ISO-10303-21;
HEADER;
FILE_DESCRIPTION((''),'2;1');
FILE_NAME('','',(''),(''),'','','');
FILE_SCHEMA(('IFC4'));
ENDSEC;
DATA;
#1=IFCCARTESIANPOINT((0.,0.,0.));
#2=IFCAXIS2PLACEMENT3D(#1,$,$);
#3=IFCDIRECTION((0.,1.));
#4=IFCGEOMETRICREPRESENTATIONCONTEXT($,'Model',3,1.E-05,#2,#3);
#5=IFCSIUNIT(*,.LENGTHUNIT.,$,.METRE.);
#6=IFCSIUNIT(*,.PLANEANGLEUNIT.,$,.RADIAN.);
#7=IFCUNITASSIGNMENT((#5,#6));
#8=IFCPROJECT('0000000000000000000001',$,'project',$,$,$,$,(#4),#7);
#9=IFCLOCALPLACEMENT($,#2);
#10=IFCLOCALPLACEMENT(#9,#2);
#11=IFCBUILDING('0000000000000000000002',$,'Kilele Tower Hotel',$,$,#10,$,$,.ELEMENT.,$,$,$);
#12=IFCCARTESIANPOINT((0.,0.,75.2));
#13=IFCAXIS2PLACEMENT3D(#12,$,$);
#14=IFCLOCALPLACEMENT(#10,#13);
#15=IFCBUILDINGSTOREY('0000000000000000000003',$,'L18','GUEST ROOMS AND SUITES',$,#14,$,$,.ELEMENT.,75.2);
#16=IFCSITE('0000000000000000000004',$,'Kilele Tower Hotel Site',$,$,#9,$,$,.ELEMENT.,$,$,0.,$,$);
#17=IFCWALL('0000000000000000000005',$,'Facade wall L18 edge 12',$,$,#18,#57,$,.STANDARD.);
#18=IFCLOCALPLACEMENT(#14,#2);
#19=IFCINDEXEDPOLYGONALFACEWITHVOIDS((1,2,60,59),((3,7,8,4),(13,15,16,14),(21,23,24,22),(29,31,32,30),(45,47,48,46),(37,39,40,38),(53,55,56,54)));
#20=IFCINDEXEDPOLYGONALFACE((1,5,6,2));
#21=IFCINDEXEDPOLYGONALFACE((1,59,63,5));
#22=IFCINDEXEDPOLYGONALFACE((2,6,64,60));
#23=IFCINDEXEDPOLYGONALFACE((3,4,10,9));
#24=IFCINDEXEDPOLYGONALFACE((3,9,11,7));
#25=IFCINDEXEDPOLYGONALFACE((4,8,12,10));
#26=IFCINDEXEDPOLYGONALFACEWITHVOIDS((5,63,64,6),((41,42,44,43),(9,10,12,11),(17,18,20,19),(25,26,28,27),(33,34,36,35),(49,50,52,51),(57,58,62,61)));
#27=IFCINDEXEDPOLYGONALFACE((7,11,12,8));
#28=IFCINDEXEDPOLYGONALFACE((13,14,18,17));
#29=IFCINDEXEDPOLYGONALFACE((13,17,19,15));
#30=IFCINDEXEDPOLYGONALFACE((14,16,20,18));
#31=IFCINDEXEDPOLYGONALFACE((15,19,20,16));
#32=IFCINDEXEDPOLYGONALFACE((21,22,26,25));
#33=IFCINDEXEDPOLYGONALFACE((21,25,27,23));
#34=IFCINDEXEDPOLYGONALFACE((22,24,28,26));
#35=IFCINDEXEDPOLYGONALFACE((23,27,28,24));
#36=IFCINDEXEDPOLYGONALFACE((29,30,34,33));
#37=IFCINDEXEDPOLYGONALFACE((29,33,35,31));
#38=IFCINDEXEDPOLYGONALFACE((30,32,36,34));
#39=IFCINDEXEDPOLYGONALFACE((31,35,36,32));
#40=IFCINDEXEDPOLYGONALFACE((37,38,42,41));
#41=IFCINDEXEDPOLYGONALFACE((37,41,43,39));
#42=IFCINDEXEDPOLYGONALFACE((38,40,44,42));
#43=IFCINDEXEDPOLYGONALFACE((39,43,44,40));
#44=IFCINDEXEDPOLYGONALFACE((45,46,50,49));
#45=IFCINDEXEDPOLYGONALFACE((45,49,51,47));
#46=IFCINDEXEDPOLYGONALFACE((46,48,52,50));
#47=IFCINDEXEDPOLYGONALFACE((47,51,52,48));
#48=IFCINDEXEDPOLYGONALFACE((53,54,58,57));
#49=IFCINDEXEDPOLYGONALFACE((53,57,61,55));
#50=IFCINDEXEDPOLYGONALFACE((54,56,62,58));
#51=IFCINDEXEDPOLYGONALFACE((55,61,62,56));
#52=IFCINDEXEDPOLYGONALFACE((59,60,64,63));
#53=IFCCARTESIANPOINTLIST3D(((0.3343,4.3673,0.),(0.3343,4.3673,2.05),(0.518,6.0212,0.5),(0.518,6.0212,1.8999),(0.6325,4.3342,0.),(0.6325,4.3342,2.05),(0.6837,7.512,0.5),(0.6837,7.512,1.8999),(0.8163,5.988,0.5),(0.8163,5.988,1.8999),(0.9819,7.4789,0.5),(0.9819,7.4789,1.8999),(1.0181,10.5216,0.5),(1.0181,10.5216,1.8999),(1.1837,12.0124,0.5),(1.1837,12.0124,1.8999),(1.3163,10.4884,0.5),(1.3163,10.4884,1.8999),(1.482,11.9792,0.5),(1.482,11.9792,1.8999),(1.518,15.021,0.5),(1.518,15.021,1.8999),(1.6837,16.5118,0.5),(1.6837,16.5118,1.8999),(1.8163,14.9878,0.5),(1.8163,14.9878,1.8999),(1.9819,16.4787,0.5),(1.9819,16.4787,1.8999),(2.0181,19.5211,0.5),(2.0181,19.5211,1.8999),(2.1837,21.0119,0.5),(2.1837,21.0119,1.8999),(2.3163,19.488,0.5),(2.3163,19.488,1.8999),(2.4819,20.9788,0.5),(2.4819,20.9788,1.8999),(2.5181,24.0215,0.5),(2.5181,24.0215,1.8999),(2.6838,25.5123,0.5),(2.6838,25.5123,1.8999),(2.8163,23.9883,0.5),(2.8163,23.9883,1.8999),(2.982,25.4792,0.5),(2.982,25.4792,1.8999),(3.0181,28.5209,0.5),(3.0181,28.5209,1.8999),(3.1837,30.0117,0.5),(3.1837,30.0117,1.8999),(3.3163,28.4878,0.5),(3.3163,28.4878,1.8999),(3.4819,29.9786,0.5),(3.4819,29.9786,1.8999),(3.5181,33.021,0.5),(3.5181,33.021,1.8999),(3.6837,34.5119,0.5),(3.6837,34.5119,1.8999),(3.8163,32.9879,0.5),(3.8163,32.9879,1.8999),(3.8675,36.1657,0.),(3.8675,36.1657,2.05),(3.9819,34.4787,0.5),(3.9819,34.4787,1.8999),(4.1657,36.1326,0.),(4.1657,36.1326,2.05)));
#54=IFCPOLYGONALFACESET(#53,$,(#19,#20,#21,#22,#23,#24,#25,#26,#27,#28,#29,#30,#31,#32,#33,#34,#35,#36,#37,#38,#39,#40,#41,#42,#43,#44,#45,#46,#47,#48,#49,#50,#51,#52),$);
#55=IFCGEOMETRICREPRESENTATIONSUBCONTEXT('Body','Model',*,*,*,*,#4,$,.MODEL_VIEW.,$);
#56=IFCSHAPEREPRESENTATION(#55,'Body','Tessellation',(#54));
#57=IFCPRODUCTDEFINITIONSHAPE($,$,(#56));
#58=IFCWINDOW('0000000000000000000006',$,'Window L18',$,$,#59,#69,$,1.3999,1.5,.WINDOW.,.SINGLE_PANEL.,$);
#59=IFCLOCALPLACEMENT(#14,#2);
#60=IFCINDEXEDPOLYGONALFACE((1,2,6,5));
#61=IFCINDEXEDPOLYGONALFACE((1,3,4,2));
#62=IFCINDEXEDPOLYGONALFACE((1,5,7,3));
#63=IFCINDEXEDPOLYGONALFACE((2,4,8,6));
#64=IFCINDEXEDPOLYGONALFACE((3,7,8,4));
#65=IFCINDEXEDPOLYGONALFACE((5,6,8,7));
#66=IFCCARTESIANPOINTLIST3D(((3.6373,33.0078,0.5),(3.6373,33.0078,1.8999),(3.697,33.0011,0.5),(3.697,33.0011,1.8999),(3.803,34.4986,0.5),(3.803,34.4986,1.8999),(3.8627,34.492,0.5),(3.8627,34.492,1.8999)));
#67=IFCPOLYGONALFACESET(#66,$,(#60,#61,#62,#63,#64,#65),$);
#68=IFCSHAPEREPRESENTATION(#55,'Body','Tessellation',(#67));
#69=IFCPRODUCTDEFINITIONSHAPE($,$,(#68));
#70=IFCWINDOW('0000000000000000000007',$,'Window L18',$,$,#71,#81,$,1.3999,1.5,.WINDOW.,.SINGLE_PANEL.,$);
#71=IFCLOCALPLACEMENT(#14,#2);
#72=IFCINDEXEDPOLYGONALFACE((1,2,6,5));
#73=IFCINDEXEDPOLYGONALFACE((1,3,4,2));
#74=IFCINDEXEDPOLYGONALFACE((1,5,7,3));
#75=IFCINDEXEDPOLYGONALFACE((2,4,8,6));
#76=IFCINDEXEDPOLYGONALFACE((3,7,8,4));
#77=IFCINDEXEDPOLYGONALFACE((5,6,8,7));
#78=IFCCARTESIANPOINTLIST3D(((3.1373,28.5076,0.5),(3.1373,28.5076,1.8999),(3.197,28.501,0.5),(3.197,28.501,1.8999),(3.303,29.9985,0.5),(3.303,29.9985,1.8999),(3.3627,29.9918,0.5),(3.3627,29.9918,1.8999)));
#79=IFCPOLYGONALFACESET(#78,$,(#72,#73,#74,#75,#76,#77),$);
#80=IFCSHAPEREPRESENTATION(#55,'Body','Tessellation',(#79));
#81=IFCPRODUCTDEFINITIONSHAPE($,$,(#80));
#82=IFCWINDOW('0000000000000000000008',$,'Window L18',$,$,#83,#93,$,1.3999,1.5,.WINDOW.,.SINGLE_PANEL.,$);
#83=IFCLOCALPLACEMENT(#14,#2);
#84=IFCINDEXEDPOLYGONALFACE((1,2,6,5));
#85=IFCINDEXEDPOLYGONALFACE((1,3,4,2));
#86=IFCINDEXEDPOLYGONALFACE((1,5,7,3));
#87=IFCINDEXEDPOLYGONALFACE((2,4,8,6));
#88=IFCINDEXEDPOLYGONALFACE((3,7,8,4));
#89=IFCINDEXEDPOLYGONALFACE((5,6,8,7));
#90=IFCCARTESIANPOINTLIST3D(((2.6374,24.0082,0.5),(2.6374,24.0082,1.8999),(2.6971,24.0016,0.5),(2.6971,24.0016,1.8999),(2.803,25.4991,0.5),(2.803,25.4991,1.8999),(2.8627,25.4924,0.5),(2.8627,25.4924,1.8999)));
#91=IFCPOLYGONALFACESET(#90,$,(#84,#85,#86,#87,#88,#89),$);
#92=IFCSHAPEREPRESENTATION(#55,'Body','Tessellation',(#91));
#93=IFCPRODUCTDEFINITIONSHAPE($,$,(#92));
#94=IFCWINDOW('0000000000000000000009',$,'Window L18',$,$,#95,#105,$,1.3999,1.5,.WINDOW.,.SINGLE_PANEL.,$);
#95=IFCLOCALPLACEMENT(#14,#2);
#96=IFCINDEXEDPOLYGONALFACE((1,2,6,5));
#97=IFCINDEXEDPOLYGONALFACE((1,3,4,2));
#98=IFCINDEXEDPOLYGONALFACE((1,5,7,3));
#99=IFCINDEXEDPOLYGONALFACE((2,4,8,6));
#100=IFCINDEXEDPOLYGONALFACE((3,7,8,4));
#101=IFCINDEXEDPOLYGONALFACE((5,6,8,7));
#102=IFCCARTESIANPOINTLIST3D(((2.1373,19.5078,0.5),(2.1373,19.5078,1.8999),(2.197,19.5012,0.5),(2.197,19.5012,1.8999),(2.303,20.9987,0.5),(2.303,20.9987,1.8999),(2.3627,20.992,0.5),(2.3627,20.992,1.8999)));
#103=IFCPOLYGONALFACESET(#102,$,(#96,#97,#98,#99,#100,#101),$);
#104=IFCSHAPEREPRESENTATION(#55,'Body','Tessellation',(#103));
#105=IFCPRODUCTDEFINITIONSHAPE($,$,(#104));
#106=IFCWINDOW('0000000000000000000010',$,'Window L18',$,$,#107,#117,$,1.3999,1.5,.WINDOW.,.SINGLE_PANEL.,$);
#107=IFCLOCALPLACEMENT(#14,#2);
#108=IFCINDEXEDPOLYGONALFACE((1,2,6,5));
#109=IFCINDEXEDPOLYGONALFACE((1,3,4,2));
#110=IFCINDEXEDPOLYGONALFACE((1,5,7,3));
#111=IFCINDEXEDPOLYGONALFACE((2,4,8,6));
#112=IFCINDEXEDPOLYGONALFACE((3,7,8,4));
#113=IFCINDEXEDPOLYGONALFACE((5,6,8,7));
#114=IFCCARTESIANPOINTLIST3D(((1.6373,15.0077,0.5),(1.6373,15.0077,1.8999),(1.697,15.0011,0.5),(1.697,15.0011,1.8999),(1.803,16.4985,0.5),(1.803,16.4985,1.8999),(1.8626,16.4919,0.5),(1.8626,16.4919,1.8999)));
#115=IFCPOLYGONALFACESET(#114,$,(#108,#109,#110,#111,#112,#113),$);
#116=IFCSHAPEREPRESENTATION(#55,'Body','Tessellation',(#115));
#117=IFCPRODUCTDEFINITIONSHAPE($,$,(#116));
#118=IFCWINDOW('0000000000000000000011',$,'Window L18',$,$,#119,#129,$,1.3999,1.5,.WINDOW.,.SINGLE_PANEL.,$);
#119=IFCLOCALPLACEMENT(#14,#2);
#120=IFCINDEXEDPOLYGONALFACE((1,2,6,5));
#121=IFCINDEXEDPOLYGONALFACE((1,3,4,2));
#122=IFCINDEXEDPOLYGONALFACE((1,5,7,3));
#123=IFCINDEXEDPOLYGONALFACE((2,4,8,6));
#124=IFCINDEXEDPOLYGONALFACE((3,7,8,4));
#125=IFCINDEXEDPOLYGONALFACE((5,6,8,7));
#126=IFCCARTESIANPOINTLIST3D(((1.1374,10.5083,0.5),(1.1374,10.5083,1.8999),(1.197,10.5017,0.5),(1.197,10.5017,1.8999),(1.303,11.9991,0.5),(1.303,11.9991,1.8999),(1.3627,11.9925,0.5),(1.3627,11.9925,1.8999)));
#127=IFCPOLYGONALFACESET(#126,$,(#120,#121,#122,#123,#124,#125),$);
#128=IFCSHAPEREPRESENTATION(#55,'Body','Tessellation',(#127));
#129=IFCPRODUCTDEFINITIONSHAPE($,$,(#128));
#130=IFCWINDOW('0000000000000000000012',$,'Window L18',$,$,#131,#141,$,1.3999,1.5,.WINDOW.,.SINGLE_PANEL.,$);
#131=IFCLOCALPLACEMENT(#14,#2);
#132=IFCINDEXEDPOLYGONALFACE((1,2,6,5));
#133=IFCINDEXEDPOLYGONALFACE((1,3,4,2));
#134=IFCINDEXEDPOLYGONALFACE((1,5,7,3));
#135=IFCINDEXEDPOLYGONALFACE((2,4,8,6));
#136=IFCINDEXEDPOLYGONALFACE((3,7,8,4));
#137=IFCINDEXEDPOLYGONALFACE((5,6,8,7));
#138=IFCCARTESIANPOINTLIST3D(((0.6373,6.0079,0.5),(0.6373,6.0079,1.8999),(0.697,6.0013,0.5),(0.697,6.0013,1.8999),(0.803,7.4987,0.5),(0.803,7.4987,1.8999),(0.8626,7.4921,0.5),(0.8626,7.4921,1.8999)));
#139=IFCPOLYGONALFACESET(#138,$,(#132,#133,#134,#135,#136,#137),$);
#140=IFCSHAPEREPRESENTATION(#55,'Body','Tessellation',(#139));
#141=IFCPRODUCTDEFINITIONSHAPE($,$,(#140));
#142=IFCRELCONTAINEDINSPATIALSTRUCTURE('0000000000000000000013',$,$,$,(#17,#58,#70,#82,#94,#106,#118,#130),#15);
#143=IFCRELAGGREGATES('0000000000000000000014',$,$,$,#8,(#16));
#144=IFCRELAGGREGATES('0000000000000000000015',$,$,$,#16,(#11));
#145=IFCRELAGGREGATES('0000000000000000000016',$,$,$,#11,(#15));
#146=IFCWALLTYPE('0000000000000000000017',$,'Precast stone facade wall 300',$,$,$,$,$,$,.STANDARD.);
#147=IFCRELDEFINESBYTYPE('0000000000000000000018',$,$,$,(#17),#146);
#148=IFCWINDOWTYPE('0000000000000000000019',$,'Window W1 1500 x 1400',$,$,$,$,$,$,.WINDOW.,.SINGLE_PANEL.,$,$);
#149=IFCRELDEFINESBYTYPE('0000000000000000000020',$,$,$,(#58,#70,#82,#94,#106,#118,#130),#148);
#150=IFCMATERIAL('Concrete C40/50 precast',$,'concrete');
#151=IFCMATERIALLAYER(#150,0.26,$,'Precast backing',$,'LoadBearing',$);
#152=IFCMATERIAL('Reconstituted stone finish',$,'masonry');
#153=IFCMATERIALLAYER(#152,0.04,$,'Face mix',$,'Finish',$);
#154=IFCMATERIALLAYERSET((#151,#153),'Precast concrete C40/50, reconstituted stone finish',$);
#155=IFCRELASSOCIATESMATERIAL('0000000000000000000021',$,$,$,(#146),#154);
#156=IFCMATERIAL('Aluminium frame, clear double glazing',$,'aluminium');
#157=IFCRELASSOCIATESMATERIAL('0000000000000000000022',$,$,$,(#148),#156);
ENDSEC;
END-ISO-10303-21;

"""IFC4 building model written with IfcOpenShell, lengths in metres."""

from ifc_helpers import new_model, si_unit, direction, frame, frame_2d, origin, place, context, subcontext, project, spatial, rectangle, extrude, material, layer, layer_set, type_object, element, fill, save


model = new_model("IFC4")

# Units and contexts
model_context = context("Model", 3, precision=1e-05, world=origin(), true_north=direction((0.0, 1.0)))
body_context = subcontext(model_context, "Body", "Model", "MODEL_VIEW")
ifc_project = project(units=[si_unit("LENGTHUNIT", "METRE"), si_unit("PLANEANGLEUNIT", "RADIAN")], contexts=[model_context])

# Site, building, storey
site_placement = place(None, origin())
site = spatial("IfcSite", under=ifc_project, at=site_placement, Name="Kilele Tower Hotel Site", CompositionType="ELEMENT", RefElevation=0.0)
building_placement = place(site_placement, origin())
building = spatial("IfcBuilding", under=site, at=building_placement, Name="Kilele Tower Hotel", CompositionType="ELEMENT")
storey_placement = place(building_placement, frame((0.0, 0.0, 75.2)))
storey = spatial("IfcBuildingStorey", under=building, at=storey_placement, Name="L18", Description="GUEST ROOMS AND SUITES", CompositionType="ELEMENT", Elevation=75.2)

# Shared definitions
ifc_material_1 = material(Name="Concrete C40/50 precast", Category="concrete")
ifc_layer_1 = layer(ifc_material_1, 0.26, Name="Precast backing", Category="LoadBearing")
ifc_material_2 = material(Name="Reconstituted stone finish", Category="masonry")
ifc_layer_2 = layer(ifc_material_2, 0.04, Name="Face mix", Category="Finish")
ifc_layer_set_1 = layer_set([ifc_layer_1, ifc_layer_2], Name="Precast concrete C40/50, reconstituted stone finish")
wall_type_1 = type_object("IfcWallType", Name="Precast stone facade wall 300", PredefinedType="STANDARD", material=ifc_layer_set_1)
ifc_material_3 = material(Name="Aluminium frame, clear double glazing", Category="aluminium")
window_type_1 = type_object("IfcWindowType", Name="Window W1 1500 x 1400", PartitioningType="SINGLE_PANEL", PredefinedType="WINDOW", material=ifc_material_3)

# Wall, openings, windows
wall_1_placement = place(storey_placement, frame((4.0166, 36.1492, 0.0), z_axis=(0.0, 0.0, 1.0), x_axis=(-0.110433, -0.993884, 0.0)))
wall_1 = element("IfcWall", 1, at=wall_1_placement, inside=storey, type_object=wall_type_1, Name="Facade wall L18 edge 12", PredefinedType="STANDARD", context=body_context, shape_type="SweptSolid", body=[
    extrude(rectangle(XDim=31.9941, YDim=0.3, at=frame_2d((15.9971, 0.0))), origin(), (0.0, 0.0, 1.0), 2.05),
])
opening_1_placement = place(wall_1_placement, frame((1.6641, 0.0, 0.5)))
opening_1 = element("IfcOpeningElement", 2, at=opening_1_placement, cuts=wall_1, PredefinedType="OPENING", context=body_context, shape_type="SweptSolid", body=[
    extrude(rectangle(XDim=1.5, YDim=1.3999, at=frame_2d((0.75, 0.7))), frame((0.0, 0.1599, 0.0), z_axis=(0.0, -1.0, 0.0), x_axis=(1.0, 0.0, 0.0)), (0.0, 0.0, 1.0), 0.3201),
])
opening_2_placement = place(wall_1_placement, frame((6.1919, 0.0, 0.5)))
opening_2 = element("IfcOpeningElement", 3, at=opening_2_placement, cuts=wall_1, PredefinedType="OPENING", context=body_context, shape_type="SweptSolid", body=[
    extrude(rectangle(XDim=1.5, YDim=1.3999, at=frame_2d((0.75, 0.7))), frame((0.0, 0.1599, 0.0), z_axis=(0.0, -1.0, 0.0), x_axis=(1.0, 0.0, 0.0)), (0.0, 0.0, 1.0), 0.3201),
])
opening_3_placement = place(wall_1_placement, frame((10.719, 0.0, 0.5)))
opening_3 = element("IfcOpeningElement", 4, at=opening_3_placement, cuts=wall_1, PredefinedType="OPENING", context=body_context, shape_type="SweptSolid", body=[
    extrude(rectangle(XDim=1.5, YDim=1.3999, at=frame_2d((0.75, 0.7))), frame((0.0, 0.1599, 0.0), z_axis=(0.0, -1.0, 0.0), x_axis=(1.0, 0.0, 0.0)), (0.0, 0.0, 1.0), 0.3201),
])
opening_4_placement = place(wall_1_placement, frame((15.2471, 0.0, 0.5)))
opening_4 = element("IfcOpeningElement", 5, at=opening_4_placement, cuts=wall_1, PredefinedType="OPENING", context=body_context, shape_type="SweptSolid", body=[
    extrude(rectangle(XDim=1.5, YDim=1.3999, at=frame_2d((0.75, 0.7))), frame((0.0, 0.1599, 0.0), z_axis=(0.0, -1.0, 0.0), x_axis=(1.0, 0.0, 0.0)), (0.0, 0.0, 1.0), 0.3201),
])
opening_5_placement = place(wall_1_placement, frame((19.7749, 0.0, 0.5)))
opening_5 = element("IfcOpeningElement", 6, at=opening_5_placement, cuts=wall_1, PredefinedType="OPENING", context=body_context, shape_type="SweptSolid", body=[
    extrude(rectangle(XDim=1.5, YDim=1.3999, at=frame_2d((0.75, 0.7))), frame((0.0, 0.1599, 0.0), z_axis=(0.0, -1.0, 0.0), x_axis=(1.0, 0.0, 0.0)), (0.0, 0.0, 1.0), 0.3201),
])
opening_6_placement = place(wall_1_placement, frame((24.302, 0.0, 0.5)))
opening_6 = element("IfcOpeningElement", 7, at=opening_6_placement, cuts=wall_1, PredefinedType="OPENING", context=body_context, shape_type="SweptSolid", body=[
    extrude(rectangle(XDim=1.5, YDim=1.3999, at=frame_2d((0.75, 0.7))), frame((0.0, 0.1599, 0.0), z_axis=(0.0, -1.0, 0.0), x_axis=(1.0, 0.0, 0.0)), (0.0, 0.0, 1.0), 0.3201),
])
opening_7_placement = place(wall_1_placement, frame((28.8301, 0.0, 0.5)))
opening_7 = element("IfcOpeningElement", 8, at=opening_7_placement, cuts=wall_1, PredefinedType="OPENING", context=body_context, shape_type="SweptSolid", body=[
    extrude(rectangle(XDim=1.5, YDim=1.3999, at=frame_2d((0.75, 0.7))), frame((0.0, 0.1599, 0.0), z_axis=(0.0, -1.0, 0.0), x_axis=(1.0, 0.0, 0.0)), (0.0, 0.0, 1.0), 0.3201),
])
window_1_placement = place(opening_1_placement, origin())
window_1 = element("IfcWindow", 9, at=window_1_placement, inside=storey, type_object=window_type_1, Name="Window L18", OverallHeight=1.3999, OverallWidth=1.5, PartitioningType="SINGLE_PANEL", PredefinedType="WINDOW", context=body_context, shape_type="SweptSolid", body=[
    extrude(rectangle(XDim=1.5, YDim=1.3999, at=frame_2d((0.75, 0.7))), frame((0.0, 0.03, 0.0), z_axis=(0.0, -1.0, 0.0), x_axis=(1.0, 0.0, 0.0)), (0.0, 0.0, 1.0), 0.0601),
])
fill(opening_1, window_1)
window_2_placement = place(opening_2_placement, origin())
window_2 = element("IfcWindow", 10, at=window_2_placement, inside=storey, type_object=window_type_1, Name="Window L18", OverallHeight=1.3999, OverallWidth=1.5, PartitioningType="SINGLE_PANEL", PredefinedType="WINDOW", context=body_context, shape_type="SweptSolid", body=[
    extrude(rectangle(XDim=1.5, YDim=1.3999, at=frame_2d((0.75, 0.7))), frame((0.0, 0.03, 0.0), z_axis=(0.0, -1.0, 0.0), x_axis=(1.0, 0.0, 0.0)), (0.0, 0.0, 1.0), 0.0601),
])
fill(opening_2, window_2)
window_3_placement = place(opening_3_placement, origin())
window_3 = element("IfcWindow", 11, at=window_3_placement, inside=storey, type_object=window_type_1, Name="Window L18", OverallHeight=1.3999, OverallWidth=1.5, PartitioningType="SINGLE_PANEL", PredefinedType="WINDOW", context=body_context, shape_type="SweptSolid", body=[
    extrude(rectangle(XDim=1.5, YDim=1.3999, at=frame_2d((0.75, 0.7))), frame((0.0, 0.03, 0.0), z_axis=(0.0, -1.0, 0.0), x_axis=(1.0, 0.0, 0.0)), (0.0, 0.0, 1.0), 0.0601),
])
fill(opening_3, window_3)
window_4_placement = place(opening_4_placement, origin())
window_4 = element("IfcWindow", 12, at=window_4_placement, inside=storey, type_object=window_type_1, Name="Window L18", OverallHeight=1.3999, OverallWidth=1.5, PartitioningType="SINGLE_PANEL", PredefinedType="WINDOW", context=body_context, shape_type="SweptSolid", body=[
    extrude(rectangle(XDim=1.5, YDim=1.3999, at=frame_2d((0.75, 0.7))), frame((0.0, 0.03, 0.0), z_axis=(0.0, -1.0, 0.0), x_axis=(1.0, 0.0, 0.0)), (0.0, 0.0, 1.0), 0.0601),
])
fill(opening_4, window_4)
window_5_placement = place(opening_5_placement, origin())
window_5 = element("IfcWindow", 13, at=window_5_placement, inside=storey, type_object=window_type_1, Name="Window L18", OverallHeight=1.3999, OverallWidth=1.5, PartitioningType="SINGLE_PANEL", PredefinedType="WINDOW", context=body_context, shape_type="SweptSolid", body=[
    extrude(rectangle(XDim=1.5, YDim=1.3999, at=frame_2d((0.75, 0.7))), frame((0.0, 0.03, 0.0), z_axis=(0.0, -1.0, 0.0), x_axis=(1.0, 0.0, 0.0)), (0.0, 0.0, 1.0), 0.0601),
])
fill(opening_5, window_5)
window_6_placement = place(opening_6_placement, origin())
window_6 = element("IfcWindow", 14, at=window_6_placement, inside=storey, type_object=window_type_1, Name="Window L18", OverallHeight=1.3999, OverallWidth=1.5, PartitioningType="SINGLE_PANEL", PredefinedType="WINDOW", context=body_context, shape_type="SweptSolid", body=[
    extrude(rectangle(XDim=1.5, YDim=1.3999, at=frame_2d((0.75, 0.7))), frame((0.0, 0.03, 0.0), z_axis=(0.0, -1.0, 0.0), x_axis=(1.0, 0.0, 0.0)), (0.0, 0.0, 1.0), 0.0601),
])
fill(opening_6, window_6)
window_7_placement = place(opening_7_placement, origin())
window_7 = element("IfcWindow", 15, at=window_7_placement, inside=storey, type_object=window_type_1, Name="Window L18", OverallHeight=1.3999, OverallWidth=1.5, PartitioningType="SINGLE_PANEL", PredefinedType="WINDOW", context=body_context, shape_type="SweptSolid", body=[
    extrude(rectangle(XDim=1.5, YDim=1.3999, at=frame_2d((0.75, 0.7))), frame((0.0, 0.03, 0.0), z_axis=(0.0, -1.0, 0.0), x_axis=(1.0, 0.0, 0.0)), (0.0, 0.0, 1.0), 0.0601),
])
fill(opening_7, window_7)

save(model, "model.ifc")
